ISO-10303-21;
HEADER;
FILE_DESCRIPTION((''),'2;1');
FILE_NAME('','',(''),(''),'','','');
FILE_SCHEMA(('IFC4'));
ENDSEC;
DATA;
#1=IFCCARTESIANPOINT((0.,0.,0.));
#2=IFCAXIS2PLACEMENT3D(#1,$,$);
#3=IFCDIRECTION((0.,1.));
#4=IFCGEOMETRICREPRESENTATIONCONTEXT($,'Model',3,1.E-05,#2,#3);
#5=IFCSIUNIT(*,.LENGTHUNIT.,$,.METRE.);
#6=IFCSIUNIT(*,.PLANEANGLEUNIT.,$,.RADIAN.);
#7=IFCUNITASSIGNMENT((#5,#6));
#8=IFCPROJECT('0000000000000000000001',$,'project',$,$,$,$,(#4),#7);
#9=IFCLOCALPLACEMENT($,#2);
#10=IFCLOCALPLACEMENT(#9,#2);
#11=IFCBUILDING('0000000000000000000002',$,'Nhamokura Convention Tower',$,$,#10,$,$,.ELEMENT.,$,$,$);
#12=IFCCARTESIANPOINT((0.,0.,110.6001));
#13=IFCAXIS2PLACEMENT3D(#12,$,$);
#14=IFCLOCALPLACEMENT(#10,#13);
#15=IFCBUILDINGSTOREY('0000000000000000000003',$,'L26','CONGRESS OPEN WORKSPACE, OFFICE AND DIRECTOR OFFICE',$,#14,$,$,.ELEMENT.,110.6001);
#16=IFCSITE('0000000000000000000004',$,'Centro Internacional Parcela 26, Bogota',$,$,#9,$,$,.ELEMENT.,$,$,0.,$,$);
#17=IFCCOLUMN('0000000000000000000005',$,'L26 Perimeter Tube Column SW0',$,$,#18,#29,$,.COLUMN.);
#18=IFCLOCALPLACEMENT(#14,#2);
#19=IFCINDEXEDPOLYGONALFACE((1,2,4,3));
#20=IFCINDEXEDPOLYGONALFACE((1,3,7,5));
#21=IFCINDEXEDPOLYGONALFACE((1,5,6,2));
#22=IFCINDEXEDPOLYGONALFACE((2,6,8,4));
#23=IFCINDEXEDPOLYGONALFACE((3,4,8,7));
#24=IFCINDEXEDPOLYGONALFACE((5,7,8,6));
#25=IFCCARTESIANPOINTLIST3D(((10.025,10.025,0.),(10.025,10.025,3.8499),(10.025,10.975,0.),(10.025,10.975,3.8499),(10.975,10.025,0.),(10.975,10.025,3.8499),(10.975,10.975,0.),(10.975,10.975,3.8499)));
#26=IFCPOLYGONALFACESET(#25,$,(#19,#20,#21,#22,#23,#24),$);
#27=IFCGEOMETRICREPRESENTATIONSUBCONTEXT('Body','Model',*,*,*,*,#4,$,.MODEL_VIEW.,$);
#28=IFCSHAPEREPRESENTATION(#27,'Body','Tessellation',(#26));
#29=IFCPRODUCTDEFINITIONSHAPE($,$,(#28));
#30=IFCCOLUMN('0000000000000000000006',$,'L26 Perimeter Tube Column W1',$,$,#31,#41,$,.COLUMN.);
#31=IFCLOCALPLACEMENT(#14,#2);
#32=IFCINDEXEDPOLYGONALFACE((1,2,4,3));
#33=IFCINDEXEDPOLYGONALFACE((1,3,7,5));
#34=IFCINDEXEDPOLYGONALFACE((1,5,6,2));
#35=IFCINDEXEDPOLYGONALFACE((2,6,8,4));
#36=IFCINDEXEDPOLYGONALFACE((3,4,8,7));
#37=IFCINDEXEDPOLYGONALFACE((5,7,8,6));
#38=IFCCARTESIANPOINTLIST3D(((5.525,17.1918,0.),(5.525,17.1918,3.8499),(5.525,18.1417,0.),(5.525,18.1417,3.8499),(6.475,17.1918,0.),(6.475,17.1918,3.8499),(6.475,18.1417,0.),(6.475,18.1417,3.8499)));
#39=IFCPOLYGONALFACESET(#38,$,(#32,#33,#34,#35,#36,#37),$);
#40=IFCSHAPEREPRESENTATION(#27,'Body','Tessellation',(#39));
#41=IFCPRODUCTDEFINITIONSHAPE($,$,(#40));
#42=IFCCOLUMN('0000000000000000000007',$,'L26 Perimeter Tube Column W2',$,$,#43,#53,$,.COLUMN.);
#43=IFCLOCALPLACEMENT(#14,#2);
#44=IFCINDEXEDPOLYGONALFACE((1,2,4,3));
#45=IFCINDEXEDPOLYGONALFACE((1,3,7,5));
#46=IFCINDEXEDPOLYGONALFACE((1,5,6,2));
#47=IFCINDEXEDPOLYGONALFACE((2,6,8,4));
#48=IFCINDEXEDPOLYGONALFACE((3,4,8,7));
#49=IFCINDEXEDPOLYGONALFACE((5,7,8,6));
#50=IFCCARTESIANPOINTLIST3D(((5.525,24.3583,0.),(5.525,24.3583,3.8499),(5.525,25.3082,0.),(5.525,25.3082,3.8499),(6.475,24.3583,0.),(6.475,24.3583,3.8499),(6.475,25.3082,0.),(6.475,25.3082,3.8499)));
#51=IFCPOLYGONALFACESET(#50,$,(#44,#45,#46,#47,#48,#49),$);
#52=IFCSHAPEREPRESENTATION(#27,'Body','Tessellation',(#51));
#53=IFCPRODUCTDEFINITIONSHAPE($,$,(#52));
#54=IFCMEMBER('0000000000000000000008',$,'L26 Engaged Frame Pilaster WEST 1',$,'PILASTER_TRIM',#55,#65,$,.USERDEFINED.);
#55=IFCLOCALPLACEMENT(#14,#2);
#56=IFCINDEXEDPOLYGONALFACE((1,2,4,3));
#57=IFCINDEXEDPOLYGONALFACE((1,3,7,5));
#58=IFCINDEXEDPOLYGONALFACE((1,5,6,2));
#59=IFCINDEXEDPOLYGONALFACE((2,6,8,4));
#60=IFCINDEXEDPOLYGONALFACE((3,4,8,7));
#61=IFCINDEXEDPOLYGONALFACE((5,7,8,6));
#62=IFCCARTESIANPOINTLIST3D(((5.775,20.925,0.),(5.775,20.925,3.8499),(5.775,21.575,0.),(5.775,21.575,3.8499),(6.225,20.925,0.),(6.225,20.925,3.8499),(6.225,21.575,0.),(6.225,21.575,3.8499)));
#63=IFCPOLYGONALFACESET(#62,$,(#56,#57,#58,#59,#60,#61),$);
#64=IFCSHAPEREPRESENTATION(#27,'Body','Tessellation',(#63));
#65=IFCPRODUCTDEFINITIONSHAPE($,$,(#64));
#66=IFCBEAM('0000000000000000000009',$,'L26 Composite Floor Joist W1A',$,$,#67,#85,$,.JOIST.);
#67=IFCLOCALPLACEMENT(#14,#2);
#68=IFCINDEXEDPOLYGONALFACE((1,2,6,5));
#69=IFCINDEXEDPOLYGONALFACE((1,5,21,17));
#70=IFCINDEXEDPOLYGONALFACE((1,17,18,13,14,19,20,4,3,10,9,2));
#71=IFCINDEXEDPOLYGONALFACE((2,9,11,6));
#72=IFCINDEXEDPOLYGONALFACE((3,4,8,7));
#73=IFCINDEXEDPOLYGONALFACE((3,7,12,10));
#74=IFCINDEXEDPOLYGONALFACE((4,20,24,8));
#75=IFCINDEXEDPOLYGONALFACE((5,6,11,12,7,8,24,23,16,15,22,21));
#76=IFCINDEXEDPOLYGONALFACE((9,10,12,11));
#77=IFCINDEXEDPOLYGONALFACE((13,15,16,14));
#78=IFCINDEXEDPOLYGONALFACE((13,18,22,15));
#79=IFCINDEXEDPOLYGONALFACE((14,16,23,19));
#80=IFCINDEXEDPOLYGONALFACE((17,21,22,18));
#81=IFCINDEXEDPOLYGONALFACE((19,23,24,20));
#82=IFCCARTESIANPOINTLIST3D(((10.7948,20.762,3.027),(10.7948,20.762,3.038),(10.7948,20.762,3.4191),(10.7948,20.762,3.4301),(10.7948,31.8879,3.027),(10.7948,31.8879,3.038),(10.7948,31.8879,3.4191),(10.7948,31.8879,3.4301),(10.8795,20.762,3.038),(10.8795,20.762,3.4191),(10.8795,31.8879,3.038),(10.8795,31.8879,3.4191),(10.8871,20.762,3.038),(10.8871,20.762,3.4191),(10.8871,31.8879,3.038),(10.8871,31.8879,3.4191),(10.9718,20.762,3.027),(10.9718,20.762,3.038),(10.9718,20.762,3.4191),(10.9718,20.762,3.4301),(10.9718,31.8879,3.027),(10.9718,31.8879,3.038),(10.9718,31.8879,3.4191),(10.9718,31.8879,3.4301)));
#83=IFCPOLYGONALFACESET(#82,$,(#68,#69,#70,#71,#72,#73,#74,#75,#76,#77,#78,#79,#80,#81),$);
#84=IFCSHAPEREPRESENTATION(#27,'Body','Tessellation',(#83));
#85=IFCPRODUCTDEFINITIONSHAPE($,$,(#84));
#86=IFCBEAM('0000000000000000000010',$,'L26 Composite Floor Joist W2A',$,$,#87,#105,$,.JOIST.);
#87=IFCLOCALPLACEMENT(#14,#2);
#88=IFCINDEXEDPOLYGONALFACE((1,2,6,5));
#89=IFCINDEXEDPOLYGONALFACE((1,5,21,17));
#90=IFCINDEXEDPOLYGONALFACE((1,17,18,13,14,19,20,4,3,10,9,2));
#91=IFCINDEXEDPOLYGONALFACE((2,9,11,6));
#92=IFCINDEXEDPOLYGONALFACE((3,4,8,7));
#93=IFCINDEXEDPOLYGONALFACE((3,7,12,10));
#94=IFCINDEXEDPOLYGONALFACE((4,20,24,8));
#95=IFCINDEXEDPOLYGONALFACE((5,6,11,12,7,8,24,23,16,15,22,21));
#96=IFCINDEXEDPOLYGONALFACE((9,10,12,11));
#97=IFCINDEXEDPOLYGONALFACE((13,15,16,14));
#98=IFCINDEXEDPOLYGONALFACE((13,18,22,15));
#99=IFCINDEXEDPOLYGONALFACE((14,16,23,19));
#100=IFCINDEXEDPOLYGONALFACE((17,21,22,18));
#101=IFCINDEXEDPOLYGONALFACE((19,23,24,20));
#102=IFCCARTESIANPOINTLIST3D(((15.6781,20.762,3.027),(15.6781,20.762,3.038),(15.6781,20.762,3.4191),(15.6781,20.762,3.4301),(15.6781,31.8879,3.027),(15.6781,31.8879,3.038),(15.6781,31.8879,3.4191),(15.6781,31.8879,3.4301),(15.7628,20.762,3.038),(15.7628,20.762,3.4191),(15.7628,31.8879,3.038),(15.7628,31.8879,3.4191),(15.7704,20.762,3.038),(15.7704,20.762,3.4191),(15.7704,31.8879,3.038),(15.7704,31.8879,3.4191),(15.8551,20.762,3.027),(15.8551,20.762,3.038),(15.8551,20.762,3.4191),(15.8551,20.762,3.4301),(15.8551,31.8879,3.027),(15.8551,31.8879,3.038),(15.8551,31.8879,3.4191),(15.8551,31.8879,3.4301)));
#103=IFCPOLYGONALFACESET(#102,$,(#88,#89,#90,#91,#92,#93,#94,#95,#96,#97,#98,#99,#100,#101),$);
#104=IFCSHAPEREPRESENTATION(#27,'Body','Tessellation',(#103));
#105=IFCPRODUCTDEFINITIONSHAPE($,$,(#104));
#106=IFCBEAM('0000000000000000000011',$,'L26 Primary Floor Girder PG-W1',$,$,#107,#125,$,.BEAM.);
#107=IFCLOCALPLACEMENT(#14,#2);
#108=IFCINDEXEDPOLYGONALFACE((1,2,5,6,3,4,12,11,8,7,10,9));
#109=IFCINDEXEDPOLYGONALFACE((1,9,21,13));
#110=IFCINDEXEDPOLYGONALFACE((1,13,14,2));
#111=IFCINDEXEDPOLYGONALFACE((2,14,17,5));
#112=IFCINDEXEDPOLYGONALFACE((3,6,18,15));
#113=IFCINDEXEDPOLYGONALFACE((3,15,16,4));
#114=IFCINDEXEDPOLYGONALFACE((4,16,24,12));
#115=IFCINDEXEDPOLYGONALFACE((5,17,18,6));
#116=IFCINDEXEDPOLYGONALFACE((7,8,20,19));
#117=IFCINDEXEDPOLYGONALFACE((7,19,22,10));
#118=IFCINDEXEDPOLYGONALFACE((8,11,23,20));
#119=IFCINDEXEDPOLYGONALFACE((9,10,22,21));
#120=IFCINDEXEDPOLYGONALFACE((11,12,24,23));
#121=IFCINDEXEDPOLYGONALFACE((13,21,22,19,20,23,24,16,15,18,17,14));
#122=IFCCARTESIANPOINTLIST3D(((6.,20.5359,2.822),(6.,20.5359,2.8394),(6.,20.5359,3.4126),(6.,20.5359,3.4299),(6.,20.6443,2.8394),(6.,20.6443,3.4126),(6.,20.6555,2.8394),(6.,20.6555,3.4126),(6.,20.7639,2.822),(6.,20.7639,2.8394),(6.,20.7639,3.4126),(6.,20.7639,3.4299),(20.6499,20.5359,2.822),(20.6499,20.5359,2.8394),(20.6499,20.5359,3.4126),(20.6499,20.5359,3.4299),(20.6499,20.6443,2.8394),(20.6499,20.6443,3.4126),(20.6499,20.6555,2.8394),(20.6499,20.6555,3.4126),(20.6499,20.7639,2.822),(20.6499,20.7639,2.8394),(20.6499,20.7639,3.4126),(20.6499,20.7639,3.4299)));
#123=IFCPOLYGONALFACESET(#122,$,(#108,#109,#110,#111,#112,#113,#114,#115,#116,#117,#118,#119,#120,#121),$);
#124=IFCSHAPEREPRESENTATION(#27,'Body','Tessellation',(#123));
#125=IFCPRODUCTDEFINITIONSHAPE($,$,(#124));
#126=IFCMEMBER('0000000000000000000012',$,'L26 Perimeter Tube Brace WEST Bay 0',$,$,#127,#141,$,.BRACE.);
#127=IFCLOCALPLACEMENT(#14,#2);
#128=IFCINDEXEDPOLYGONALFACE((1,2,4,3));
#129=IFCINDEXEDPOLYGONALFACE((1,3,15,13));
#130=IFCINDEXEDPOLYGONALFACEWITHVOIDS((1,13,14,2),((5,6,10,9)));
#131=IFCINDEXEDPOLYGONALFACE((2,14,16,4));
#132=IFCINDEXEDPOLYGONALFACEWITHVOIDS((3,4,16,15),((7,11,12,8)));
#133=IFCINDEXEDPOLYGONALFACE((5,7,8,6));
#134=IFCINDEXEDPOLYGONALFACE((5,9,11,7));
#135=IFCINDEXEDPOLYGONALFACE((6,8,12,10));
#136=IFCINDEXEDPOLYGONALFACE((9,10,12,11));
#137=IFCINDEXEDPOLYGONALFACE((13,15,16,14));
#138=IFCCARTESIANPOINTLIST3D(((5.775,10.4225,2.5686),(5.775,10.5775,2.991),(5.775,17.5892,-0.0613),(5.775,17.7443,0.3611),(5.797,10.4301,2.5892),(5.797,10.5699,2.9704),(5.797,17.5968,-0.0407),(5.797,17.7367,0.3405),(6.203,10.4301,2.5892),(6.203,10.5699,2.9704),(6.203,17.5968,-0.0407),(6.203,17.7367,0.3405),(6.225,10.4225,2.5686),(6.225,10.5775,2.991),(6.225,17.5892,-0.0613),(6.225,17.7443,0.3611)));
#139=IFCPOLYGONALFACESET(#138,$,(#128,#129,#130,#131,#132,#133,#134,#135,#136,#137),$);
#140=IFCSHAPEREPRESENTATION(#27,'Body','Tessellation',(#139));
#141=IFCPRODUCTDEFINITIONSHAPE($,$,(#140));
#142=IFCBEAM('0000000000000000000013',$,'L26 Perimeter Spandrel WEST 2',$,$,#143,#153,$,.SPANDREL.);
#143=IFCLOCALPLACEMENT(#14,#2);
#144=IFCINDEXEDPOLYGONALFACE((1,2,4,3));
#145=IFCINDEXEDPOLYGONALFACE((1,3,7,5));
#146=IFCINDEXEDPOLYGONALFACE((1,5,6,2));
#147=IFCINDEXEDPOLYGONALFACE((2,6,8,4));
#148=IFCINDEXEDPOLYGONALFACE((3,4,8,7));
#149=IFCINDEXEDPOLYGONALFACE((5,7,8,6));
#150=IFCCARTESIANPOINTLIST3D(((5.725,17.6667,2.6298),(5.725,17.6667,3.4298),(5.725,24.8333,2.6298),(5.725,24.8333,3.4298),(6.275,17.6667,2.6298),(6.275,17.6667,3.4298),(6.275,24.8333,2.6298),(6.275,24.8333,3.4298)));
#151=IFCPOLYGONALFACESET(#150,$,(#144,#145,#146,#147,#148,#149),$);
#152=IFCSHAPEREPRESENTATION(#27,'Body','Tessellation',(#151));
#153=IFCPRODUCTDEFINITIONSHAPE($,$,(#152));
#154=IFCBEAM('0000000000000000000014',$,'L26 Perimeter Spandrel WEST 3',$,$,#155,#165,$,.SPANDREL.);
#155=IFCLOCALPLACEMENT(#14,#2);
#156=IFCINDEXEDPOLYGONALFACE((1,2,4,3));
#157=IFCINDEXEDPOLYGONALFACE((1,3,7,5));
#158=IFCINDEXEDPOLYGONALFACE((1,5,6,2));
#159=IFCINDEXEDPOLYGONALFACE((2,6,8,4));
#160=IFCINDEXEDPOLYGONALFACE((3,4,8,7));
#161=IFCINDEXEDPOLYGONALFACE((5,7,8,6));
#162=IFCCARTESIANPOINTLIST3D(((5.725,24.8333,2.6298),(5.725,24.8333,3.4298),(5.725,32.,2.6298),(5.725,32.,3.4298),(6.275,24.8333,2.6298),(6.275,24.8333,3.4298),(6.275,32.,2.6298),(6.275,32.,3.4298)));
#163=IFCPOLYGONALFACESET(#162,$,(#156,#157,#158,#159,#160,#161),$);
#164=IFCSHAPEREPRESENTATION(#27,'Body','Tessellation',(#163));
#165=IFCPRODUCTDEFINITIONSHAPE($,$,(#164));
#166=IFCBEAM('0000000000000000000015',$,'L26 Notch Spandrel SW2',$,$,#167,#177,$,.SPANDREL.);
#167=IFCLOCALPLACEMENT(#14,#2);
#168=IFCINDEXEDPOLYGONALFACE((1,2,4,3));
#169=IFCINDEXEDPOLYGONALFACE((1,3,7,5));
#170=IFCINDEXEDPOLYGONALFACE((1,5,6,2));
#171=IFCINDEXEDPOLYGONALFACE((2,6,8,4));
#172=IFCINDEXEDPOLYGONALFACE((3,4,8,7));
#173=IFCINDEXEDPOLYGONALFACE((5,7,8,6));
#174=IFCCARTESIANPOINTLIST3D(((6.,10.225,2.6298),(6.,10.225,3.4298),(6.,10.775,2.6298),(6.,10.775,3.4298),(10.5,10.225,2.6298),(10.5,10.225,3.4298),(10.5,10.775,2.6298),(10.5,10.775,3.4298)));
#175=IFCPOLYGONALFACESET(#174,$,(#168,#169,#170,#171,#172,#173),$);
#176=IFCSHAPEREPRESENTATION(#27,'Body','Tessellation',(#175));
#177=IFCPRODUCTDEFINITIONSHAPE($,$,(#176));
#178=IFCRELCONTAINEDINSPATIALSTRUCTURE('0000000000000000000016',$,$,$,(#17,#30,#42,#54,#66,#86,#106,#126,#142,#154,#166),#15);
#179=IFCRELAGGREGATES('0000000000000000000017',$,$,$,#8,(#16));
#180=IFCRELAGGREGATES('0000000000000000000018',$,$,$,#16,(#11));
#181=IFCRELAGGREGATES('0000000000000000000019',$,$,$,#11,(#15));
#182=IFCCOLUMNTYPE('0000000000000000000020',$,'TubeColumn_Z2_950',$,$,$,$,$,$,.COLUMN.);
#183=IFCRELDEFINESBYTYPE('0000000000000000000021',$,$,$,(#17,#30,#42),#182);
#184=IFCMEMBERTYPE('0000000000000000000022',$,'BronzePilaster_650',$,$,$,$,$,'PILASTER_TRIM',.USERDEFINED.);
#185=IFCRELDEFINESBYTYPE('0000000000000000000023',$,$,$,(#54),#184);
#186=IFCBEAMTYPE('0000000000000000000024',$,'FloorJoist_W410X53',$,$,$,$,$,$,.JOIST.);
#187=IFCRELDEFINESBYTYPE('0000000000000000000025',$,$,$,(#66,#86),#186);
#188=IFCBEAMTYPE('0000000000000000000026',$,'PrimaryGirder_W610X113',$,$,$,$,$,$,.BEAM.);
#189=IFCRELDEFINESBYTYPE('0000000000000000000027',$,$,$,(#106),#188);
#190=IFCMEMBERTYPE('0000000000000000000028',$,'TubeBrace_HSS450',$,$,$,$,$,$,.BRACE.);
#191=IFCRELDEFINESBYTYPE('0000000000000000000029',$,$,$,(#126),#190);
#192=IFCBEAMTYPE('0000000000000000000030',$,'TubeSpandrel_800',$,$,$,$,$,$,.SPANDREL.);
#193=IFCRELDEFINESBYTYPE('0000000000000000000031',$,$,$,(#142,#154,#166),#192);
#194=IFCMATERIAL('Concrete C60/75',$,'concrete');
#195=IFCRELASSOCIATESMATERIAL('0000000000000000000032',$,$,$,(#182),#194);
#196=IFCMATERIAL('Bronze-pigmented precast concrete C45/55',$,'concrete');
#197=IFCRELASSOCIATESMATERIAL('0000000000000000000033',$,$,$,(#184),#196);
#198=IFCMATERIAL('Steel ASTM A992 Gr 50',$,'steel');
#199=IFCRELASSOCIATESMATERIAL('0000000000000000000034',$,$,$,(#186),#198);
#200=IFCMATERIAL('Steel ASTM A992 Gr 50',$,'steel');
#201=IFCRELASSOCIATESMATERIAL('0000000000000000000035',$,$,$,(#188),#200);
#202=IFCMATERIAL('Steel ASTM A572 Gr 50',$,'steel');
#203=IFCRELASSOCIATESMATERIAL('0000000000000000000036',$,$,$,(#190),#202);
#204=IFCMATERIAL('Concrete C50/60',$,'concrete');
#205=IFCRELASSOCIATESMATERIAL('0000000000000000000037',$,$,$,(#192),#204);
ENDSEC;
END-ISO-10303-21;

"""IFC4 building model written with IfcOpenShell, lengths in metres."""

from ifc_helpers import new_model, si_unit, direction, frame, origin, origin_2d, place, context, subcontext, project, spatial, rectangle, hollow_rectangle, i_section, extrude, material, material_profile, profile_set, type_object, element, save


model = new_model("IFC4")

# Units and contexts
model_context = context("Model", 3, precision=1e-05, world=origin(), true_north=direction((0.0, 1.0)))
body_context = subcontext(model_context, "Body", "Model", "MODEL_VIEW")
ifc_project = project(units=[si_unit("LENGTHUNIT", "METRE"), si_unit("PLANEANGLEUNIT", "RADIAN")], contexts=[model_context])

# Site, building, storey
site_placement = place(None, origin())
site = spatial("IfcSite", under=ifc_project, at=site_placement, Name="Centro Internacional Parcela 26, Bogota", CompositionType="ELEMENT", RefElevation=0.0)
building_placement = place(site_placement, origin())
building = spatial("IfcBuilding", under=site, at=building_placement, Name="Nhamokura Convention Tower", CompositionType="ELEMENT")
storey_placement = place(building_placement, frame((0.0, 0.0, 110.6001)))
storey = spatial("IfcBuildingStorey", under=building, at=storey_placement, Name="L26", Description="CONGRESS OPEN WORKSPACE, OFFICE AND DIRECTOR OFFICE", CompositionType="ELEMENT", Elevation=110.6001)

# Columns
ifc_material_1 = material(Name="Concrete C60/75", Category="concrete")
ifc_material_profile_1 = material_profile(ifc_material_1, rectangle(XDim=0.95, YDim=0.95, at=origin_2d()))
ifc_profile_set_1 = profile_set([ifc_material_profile_1], Name="Concrete C60/75")
column_type = type_object("IfcColumnType", Name="TubeColumn_Z2_950", PredefinedType="COLUMN", material=ifc_profile_set_1)
for number, where, z_axis, x_axis, name in (
    (1, (10.5, 10.5, 0.0), (0.0, 0.0, 1.0), (1.0, 0.0, 0.0), "L26 Perimeter Tube Column SW0"),
    (2, (6.0, 17.6667, 0.0), (0.0, 0.0, 1.0), (1.0, 0.0, 0.0), "L26 Perimeter Tube Column W1"),
    (3, (6.0, 24.8333, 0.0), (0.0, 0.0, 1.0), (1.0, 0.0, 0.0), "L26 Perimeter Tube Column W2"),
):
    element("IfcColumn", number, at=place(storey_placement, frame(where, z_axis=z_axis, x_axis=x_axis)), inside=storey, type_object=column_type, Name=name, PredefinedType="COLUMN", context=body_context, shape_type="SweptSolid", body=[
        extrude(rectangle(XDim=0.95, YDim=0.95, at=origin_2d()), origin(), (0.0, 0.0, 1.0), 3.8499),
    ])

# Member
ifc_material_2 = material(Name="Bronze-pigmented precast concrete C45/55", Category="concrete")
ifc_material_profile_2 = material_profile(ifc_material_2, rectangle(XDim=0.45, YDim=0.6499, at=origin_2d()))
ifc_profile_set_2 = profile_set([ifc_material_profile_2], Name="Bronze-pigmented precast concrete C45/55")
member_type_1 = type_object("IfcMemberType", Name="BronzePilaster_650", ElementType="PILASTER_TRIM", PredefinedType="USERDEFINED", material=ifc_profile_set_2)
member_1_placement = place(storey_placement, frame((6.0, 21.25, 0.0), z_axis=(0.0, 0.0, 1.0), x_axis=(1.0, 0.0, 0.0)))
element("IfcMember", 4, at=member_1_placement, inside=storey, type_object=member_type_1, Name="L26 Engaged Frame Pilaster WEST 1", ObjectType="PILASTER_TRIM", PredefinedType="USERDEFINED", context=body_context, shape_type="SweptSolid", body=[
    extrude(rectangle(XDim=0.45, YDim=0.6499, at=origin_2d()), origin(), (0.0, 0.0, 1.0), 3.8499),
])

# Beams
ifc_material_3 = material(Name="Steel ASTM A992 Gr 50", Category="steel")
ifc_material_profile_3 = material_profile(ifc_material_3, i_section(OverallWidth=0.177, OverallDepth=0.4031, WebThickness=0.0076, FlangeThickness=0.011, at=origin_2d()))
ifc_profile_set_3 = profile_set([ifc_material_profile_3], Name="Steel ASTM A992 Gr 50")
beam_type_1 = type_object("IfcBeamType", Name="FloorJoist_W410X53", PredefinedType="JOIST", material=ifc_profile_set_3)
for number, where, z_axis, x_axis, name in (
    (5, (10.8833, 20.762, 3.2285), (0.0, 1.0, 0.0), (-1.0, 0.0, 0.0), "L26 Composite Floor Joist W1A"),
    (6, (15.7666, 20.762, 3.2285), (0.0, 1.0, 0.0), (-1.0, 0.0, 0.0), "L26 Composite Floor Joist W2A"),
):
    element("IfcBeam", number, at=place(storey_placement, frame(where, z_axis=z_axis, x_axis=x_axis)), inside=storey, type_object=beam_type_1, Name=name, PredefinedType="JOIST", context=body_context, shape_type="SweptSolid", body=[
        extrude(i_section(OverallWidth=0.177, OverallDepth=0.4031, WebThickness=0.0076, FlangeThickness=0.011, at=origin_2d()), origin(), (0.0, 0.0, 1.0), 11.126),
    ])
ifc_material_4 = material(Name="Steel ASTM A992 Gr 50", Category="steel")
ifc_material_profile_4 = material_profile(ifc_material_4, i_section(OverallWidth=0.228, OverallDepth=0.6079, WebThickness=0.0112, FlangeThickness=0.0173, at=origin_2d()))
ifc_profile_set_4 = profile_set([ifc_material_profile_4], Name="Steel ASTM A992 Gr 50")
beam_type_2 = type_object("IfcBeamType", Name="PrimaryGirder_W610X113", PredefinedType="BEAM", material=ifc_profile_set_4)
beam_1_placement = place(storey_placement, frame((6.0, 20.6499, 3.126), z_axis=(1.0, 0.0, 0.0), x_axis=(0.0, 1.0, 0.0)))
element("IfcBeam", 7, at=beam_1_placement, inside=storey, type_object=beam_type_2, Name="L26 Primary Floor Girder PG-W1", PredefinedType="BEAM", context=body_context, shape_type="SweptSolid", body=[
    extrude(i_section(OverallWidth=0.228, OverallDepth=0.6079, WebThickness=0.0112, FlangeThickness=0.0173, at=origin_2d()), origin(), (0.0, 0.0, 1.0), 14.6499),
])

# Member
ifc_material_5 = material(Name="Steel ASTM A572 Gr 50", Category="steel")
ifc_material_profile_5 = material_profile(ifc_material_5, hollow_rectangle(XDim=0.45, YDim=0.45, WallThickness=0.022, at=origin_2d()))
ifc_profile_set_5 = profile_set([ifc_material_profile_5], Name="Steel ASTM A572 Gr 50")
member_type_2 = type_object("IfcMemberType", Name="TubeBrace_HSS450", PredefinedType="BRACE", material=ifc_profile_set_5)
member_2_placement = place(storey_placement, frame((6.0, 17.6667, 0.1499), z_axis=(0.0, -0.938788, 0.344494), x_axis=(1.0, 0.0, 0.0)))
element("IfcMember", 8, at=member_2_placement, inside=storey, type_object=member_type_2, Name="L26 Perimeter Tube Brace WEST Bay 0", PredefinedType="BRACE", context=body_context, shape_type="SweptSolid", body=[
    extrude(hollow_rectangle(XDim=0.45, YDim=0.45, WallThickness=0.022, at=origin_2d()), origin(), (0.0, 0.0, 1.0), 7.634),
])

# Beams
ifc_material_6 = material(Name="Concrete C50/60", Category="concrete")
ifc_material_profile_6 = material_profile(ifc_material_6, rectangle(XDim=0.55, YDim=0.8, at=origin_2d()))
ifc_profile_set_6 = profile_set([ifc_material_profile_6], Name="Concrete C50/60")
beam_type_3 = type_object("IfcBeamType", Name="TubeSpandrel_800", PredefinedType="SPANDREL", material=ifc_profile_set_6)
beam_2_placement = place(storey_placement, frame((6.0, 17.6667, 3.0298), z_axis=(0.0, 1.0, 0.0), x_axis=(-1.0, 0.0, 0.0)))
element("IfcBeam", 9, at=beam_2_placement, inside=storey, type_object=beam_type_3, Name="L26 Perimeter Spandrel WEST 2", PredefinedType="SPANDREL", context=body_context, shape_type="SweptSolid", body=[
    extrude(rectangle(XDim=0.55, YDim=0.8, at=origin_2d()), origin(), (0.0, 0.0, 1.0), 7.1665),
])
beam_3_placement = place(storey_placement, frame((6.0, 24.8333, 3.0298), z_axis=(0.0, 1.0, 0.0), x_axis=(-1.0, 0.0, 0.0)))
element("IfcBeam", 10, at=beam_3_placement, inside=storey, type_object=beam_type_3, Name="L26 Perimeter Spandrel WEST 3", PredefinedType="SPANDREL", context=body_context, shape_type="SweptSolid", body=[
    extrude(rectangle(XDim=0.55, YDim=0.8, at=origin_2d()), origin(), (0.0, 0.0, 1.0), 7.1667),
])
beam_4_placement = place(storey_placement, frame((10.5, 10.5, 3.0298), z_axis=(-1.0, 0.0, 0.0), x_axis=(0.0, -1.0, 0.0)))
element("IfcBeam", 11, at=beam_4_placement, inside=storey, type_object=beam_type_3, Name="L26 Notch Spandrel SW2", PredefinedType="SPANDREL", context=body_context, shape_type="SweptSolid", body=[
    extrude(rectangle(XDim=0.55, YDim=0.8, at=origin_2d()), origin(), (0.0, 0.0, 1.0), 4.5),
])

save(model, "model.ifc")
